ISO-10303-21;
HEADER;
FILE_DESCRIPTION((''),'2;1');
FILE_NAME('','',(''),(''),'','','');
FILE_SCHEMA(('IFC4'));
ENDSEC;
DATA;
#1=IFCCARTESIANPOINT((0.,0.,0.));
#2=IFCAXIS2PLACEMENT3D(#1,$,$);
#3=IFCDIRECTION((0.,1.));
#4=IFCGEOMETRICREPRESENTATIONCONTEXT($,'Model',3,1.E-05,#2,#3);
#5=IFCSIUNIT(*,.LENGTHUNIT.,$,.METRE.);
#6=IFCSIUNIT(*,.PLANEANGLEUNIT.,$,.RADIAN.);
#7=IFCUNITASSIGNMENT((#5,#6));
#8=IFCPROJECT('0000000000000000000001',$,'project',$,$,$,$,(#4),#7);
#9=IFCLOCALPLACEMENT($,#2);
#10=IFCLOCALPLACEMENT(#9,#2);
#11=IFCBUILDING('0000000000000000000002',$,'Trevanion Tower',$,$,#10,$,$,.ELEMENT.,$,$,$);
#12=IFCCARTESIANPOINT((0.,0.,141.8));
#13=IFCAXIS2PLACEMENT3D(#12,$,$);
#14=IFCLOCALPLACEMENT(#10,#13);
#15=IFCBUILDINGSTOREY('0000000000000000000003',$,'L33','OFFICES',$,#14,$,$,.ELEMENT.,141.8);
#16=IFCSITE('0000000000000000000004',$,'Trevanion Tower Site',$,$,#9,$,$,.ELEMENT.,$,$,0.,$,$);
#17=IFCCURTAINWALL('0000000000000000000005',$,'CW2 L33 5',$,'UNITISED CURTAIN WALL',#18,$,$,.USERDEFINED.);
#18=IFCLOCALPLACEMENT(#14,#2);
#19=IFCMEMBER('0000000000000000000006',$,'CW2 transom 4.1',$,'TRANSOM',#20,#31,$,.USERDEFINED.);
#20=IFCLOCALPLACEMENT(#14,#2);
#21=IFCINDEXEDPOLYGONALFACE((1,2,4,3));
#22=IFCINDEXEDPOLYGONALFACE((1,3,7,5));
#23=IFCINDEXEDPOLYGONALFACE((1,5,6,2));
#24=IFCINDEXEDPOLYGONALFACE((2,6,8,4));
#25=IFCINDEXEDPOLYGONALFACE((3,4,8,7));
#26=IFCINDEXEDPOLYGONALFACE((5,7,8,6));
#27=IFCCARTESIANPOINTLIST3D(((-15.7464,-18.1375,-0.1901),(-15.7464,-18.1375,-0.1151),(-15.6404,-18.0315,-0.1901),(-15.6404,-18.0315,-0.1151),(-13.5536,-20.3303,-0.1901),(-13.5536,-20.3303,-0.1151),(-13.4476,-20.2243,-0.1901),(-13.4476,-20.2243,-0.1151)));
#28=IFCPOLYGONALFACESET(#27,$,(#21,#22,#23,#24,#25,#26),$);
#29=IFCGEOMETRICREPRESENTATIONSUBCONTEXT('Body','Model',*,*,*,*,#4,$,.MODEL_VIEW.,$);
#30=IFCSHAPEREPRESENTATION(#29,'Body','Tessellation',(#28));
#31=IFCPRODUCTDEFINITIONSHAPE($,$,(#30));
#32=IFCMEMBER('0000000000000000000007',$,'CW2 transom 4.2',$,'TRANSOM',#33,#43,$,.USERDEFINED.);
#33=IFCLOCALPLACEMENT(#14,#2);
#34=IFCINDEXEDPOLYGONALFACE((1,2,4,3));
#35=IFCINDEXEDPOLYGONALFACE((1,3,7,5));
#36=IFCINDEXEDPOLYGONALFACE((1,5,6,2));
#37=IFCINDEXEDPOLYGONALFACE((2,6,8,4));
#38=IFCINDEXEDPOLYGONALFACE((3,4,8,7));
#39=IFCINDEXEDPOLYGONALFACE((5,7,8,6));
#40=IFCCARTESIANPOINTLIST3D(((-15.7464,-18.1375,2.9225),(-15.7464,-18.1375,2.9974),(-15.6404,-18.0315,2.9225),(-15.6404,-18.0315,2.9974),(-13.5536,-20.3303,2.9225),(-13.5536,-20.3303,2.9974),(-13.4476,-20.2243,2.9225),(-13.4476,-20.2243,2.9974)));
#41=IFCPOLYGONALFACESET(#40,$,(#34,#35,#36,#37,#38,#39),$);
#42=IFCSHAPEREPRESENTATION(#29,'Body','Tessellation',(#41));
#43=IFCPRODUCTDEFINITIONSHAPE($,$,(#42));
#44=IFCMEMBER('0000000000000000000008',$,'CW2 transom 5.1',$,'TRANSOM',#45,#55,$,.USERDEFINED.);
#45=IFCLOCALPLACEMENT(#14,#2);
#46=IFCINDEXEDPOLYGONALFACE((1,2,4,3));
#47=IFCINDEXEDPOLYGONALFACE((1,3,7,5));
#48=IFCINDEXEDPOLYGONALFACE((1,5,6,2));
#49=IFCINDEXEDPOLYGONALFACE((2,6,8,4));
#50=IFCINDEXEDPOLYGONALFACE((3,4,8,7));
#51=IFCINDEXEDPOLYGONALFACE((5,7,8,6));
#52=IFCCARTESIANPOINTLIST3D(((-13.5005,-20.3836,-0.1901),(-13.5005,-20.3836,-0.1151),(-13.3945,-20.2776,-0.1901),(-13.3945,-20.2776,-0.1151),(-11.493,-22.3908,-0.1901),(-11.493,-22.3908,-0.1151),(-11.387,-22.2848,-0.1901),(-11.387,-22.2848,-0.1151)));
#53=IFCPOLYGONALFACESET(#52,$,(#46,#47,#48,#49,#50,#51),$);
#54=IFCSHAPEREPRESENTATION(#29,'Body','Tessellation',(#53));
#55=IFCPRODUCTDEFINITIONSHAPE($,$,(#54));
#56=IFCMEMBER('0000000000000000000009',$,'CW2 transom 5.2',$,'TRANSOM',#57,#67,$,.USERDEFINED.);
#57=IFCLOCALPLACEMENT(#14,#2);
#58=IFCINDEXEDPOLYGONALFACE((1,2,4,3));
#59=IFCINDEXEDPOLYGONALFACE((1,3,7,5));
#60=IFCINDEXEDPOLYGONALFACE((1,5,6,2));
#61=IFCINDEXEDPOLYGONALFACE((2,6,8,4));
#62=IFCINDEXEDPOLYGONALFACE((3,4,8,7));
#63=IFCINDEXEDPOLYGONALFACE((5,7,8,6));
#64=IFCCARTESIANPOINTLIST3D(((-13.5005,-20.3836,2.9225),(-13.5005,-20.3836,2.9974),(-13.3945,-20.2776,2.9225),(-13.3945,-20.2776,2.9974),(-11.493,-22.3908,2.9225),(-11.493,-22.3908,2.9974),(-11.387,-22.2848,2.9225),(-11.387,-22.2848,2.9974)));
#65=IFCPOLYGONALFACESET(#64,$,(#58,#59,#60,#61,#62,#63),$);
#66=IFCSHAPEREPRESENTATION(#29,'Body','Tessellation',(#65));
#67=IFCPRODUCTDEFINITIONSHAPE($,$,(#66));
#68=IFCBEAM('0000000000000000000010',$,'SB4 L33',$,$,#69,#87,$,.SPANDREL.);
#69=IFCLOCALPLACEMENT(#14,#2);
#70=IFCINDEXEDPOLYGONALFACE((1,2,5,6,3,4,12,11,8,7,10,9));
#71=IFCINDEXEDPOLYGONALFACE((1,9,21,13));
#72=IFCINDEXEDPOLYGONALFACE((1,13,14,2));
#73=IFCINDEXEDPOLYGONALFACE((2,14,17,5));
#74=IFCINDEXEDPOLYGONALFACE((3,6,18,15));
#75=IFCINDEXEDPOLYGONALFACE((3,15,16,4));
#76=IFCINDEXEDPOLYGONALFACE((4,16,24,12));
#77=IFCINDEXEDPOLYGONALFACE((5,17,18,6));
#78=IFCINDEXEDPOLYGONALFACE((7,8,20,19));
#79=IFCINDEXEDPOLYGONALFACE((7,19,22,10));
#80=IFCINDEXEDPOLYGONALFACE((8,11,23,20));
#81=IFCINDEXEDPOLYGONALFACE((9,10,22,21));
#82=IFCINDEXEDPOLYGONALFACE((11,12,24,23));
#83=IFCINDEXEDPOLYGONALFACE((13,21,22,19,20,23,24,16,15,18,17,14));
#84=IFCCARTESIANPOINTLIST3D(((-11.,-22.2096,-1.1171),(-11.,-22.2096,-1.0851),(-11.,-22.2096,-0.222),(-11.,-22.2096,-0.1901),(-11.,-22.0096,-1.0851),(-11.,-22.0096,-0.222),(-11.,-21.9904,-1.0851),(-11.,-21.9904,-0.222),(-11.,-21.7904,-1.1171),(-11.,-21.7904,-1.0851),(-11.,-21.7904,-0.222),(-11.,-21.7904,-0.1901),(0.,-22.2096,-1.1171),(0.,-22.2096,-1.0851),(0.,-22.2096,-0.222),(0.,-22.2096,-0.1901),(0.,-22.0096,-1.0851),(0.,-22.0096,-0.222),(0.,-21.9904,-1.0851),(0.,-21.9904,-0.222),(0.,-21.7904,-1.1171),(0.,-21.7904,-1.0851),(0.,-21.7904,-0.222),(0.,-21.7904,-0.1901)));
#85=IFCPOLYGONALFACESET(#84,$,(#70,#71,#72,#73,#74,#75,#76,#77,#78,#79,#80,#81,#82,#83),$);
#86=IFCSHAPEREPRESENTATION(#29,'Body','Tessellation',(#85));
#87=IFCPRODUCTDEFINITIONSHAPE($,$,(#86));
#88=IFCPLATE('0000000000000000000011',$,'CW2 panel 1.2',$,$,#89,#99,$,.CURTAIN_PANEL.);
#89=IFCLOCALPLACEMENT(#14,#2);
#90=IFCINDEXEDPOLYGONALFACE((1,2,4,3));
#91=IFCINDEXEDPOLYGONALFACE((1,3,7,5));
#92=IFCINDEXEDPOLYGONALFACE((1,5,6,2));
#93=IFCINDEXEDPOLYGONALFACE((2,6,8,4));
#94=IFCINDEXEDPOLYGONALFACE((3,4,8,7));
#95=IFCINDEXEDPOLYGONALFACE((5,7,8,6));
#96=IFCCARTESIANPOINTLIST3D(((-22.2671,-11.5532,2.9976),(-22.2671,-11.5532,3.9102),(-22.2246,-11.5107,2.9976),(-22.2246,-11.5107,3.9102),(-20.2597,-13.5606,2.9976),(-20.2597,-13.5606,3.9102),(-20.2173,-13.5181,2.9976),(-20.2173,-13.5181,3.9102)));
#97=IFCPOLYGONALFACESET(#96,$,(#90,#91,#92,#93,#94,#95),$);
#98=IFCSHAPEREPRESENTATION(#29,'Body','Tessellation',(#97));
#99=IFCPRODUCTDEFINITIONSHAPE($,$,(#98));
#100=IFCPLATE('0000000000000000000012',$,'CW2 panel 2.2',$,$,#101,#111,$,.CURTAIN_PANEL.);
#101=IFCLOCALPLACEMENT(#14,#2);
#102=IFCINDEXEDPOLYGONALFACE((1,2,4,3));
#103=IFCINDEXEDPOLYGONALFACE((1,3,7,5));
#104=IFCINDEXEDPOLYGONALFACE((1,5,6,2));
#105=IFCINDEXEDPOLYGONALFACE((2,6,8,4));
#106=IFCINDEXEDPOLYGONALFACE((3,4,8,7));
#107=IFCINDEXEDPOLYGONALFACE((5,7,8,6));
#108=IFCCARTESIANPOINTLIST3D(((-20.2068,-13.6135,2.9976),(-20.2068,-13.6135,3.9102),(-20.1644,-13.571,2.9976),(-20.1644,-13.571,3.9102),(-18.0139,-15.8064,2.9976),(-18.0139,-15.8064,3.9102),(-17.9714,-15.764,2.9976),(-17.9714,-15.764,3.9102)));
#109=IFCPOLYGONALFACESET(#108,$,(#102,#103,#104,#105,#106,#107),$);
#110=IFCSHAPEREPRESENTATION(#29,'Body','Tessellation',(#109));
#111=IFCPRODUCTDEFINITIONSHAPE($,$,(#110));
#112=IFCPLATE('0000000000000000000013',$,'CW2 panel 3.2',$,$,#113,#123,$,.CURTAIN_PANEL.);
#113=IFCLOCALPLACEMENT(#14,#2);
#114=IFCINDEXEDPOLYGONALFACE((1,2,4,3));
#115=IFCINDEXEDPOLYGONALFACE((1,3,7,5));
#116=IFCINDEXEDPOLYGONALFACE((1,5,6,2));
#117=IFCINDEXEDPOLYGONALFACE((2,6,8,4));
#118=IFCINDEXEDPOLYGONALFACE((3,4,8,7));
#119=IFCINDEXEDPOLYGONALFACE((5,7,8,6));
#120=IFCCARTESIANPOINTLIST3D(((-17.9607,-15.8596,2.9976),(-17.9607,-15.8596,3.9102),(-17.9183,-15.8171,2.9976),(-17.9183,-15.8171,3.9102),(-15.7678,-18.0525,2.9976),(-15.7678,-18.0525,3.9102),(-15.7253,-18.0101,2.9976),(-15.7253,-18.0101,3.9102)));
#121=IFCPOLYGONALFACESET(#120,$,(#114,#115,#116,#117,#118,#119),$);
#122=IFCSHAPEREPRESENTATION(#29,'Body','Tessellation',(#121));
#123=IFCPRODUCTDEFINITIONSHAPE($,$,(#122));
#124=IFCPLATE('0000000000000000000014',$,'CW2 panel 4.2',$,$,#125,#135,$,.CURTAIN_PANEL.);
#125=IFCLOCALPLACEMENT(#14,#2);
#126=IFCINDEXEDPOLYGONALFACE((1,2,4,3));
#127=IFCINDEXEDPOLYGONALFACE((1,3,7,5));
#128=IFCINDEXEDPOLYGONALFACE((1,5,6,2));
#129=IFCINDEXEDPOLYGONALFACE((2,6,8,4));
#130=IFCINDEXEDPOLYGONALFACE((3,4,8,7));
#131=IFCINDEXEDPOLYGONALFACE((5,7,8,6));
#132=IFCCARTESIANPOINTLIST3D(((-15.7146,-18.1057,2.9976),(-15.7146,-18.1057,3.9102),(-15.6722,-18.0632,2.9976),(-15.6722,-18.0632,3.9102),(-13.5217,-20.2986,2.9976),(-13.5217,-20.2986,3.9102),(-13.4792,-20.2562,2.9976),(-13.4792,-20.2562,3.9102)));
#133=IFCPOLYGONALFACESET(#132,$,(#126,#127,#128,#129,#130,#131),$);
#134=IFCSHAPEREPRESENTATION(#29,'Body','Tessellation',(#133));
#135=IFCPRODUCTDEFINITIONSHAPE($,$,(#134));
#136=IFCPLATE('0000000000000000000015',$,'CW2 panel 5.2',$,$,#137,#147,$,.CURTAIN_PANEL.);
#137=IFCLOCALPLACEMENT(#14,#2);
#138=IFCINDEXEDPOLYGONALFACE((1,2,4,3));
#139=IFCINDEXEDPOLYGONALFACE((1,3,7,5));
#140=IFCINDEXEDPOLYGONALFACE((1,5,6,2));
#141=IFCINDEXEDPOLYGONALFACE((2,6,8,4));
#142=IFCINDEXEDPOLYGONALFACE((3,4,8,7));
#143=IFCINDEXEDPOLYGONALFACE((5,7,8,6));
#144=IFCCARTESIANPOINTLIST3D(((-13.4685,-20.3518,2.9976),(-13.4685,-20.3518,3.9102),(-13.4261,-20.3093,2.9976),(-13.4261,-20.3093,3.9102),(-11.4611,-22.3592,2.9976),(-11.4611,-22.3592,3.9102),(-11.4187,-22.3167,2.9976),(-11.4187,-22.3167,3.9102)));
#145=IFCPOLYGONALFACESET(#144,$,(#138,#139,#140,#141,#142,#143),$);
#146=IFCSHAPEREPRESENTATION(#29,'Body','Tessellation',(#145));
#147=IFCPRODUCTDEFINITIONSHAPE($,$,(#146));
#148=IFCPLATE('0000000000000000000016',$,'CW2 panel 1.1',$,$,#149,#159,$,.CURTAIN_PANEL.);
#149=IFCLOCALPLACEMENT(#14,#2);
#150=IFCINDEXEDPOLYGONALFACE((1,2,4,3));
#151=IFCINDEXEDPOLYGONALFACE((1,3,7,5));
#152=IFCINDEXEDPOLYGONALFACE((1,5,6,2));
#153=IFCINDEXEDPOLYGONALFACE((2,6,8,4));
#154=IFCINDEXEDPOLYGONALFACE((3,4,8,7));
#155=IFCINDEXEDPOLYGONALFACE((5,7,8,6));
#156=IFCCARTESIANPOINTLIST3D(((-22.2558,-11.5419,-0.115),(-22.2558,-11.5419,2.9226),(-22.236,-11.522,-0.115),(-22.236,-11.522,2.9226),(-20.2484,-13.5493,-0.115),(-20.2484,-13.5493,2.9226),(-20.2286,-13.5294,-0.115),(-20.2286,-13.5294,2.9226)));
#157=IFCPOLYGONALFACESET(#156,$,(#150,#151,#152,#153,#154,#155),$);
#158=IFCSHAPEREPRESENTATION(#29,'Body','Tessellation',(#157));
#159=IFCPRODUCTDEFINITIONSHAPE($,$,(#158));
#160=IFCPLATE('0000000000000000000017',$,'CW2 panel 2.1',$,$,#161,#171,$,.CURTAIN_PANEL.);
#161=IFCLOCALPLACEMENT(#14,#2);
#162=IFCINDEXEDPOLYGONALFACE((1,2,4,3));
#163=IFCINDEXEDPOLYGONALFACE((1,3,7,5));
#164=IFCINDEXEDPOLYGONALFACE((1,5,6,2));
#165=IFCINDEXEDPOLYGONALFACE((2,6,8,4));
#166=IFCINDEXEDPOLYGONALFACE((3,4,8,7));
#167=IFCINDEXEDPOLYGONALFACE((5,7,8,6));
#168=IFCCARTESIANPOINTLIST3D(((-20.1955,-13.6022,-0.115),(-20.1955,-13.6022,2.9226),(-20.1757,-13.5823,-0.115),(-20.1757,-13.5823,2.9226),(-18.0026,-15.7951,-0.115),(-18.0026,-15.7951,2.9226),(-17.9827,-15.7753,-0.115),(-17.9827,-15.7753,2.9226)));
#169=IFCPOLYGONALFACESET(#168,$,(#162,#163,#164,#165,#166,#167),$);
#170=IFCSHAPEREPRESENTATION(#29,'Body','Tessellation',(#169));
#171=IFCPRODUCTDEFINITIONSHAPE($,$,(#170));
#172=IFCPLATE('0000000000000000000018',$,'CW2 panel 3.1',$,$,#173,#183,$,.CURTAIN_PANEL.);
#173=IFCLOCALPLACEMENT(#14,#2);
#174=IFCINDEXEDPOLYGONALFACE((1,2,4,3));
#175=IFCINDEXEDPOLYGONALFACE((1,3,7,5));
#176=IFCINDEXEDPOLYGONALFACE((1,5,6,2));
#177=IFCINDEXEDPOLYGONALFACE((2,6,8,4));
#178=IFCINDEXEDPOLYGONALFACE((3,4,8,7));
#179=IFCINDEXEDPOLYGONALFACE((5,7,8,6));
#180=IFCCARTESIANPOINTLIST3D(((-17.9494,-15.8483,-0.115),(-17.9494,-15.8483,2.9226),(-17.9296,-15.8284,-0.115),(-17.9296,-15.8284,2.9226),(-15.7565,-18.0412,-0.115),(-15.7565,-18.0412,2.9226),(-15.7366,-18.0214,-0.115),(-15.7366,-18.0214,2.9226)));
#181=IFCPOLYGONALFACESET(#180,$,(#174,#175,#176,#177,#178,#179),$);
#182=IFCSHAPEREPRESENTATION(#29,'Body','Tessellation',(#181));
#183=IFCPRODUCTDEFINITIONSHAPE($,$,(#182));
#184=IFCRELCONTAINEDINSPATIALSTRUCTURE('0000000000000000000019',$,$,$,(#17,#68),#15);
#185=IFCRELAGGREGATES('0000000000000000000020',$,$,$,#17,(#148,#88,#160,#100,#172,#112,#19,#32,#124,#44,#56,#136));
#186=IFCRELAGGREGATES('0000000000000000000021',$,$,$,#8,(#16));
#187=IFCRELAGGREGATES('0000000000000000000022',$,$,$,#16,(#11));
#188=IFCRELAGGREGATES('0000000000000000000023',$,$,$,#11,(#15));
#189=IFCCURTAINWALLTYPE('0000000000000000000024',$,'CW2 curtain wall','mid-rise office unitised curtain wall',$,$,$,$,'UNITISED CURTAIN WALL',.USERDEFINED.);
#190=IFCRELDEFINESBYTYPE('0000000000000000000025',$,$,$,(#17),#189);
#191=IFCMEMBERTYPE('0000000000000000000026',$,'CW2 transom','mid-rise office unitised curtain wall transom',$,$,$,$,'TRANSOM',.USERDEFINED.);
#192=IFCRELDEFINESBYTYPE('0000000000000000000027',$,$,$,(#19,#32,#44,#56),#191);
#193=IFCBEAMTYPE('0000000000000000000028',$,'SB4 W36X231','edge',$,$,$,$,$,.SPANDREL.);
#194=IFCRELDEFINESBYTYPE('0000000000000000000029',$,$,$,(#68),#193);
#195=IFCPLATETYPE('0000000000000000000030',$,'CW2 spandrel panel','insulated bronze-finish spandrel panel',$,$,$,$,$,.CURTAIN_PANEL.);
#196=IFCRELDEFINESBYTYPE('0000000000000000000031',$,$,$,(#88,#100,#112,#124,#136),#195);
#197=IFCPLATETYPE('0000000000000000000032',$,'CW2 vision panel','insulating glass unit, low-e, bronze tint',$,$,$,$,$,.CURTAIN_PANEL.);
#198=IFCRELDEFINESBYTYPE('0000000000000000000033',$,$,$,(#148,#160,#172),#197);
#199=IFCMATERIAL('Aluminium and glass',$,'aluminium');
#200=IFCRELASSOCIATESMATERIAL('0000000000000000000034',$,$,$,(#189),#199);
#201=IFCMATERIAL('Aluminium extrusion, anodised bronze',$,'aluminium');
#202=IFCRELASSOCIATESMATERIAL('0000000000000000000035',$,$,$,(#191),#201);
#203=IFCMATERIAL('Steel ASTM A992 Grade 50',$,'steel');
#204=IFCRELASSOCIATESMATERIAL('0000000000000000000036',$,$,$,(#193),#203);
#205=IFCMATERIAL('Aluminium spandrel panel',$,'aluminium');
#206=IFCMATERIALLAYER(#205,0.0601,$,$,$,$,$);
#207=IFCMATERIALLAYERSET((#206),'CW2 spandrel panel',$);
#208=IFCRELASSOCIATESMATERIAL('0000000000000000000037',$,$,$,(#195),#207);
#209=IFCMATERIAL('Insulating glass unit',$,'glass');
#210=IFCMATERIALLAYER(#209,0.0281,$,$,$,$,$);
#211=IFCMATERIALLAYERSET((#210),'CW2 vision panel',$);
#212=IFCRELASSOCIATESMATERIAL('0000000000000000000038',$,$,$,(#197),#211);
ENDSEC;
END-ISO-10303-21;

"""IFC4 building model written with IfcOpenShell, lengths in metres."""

from ifc_helpers import new_model, si_unit, direction, frame, origin, origin_2d, place, context, subcontext, project, spatial, rectangle, i_section, extrude, material, layer, layer_set, material_profile, profile_set, type_object, element, aggregate, save


model = new_model("IFC4")

# Units and contexts
model_context = context("Model", 3, precision=1e-05, world=origin(), true_north=direction((0.0, 1.0)))
body_context = subcontext(model_context, "Body", "Model", "MODEL_VIEW")
ifc_project = project(units=[si_unit("LENGTHUNIT", "METRE"), si_unit("PLANEANGLEUNIT", "RADIAN")], contexts=[model_context])

# Site, building, storey
site_placement = place(None, origin())
site = spatial("IfcSite", under=ifc_project, at=site_placement, Name="Trevanion Tower Site", CompositionType="ELEMENT", RefElevation=0.0)
building_placement = place(site_placement, origin())
building = spatial("IfcBuilding", under=site, at=building_placement, Name="Trevanion Tower", CompositionType="ELEMENT")
storey_placement = place(building_placement, frame((0.0, 0.0, 141.8)))
storey = spatial("IfcBuildingStorey", under=building, at=storey_placement, Name="L33", Description="OFFICES", CompositionType="ELEMENT", Elevation=141.8)

# Curtain wall, members
ifc_material_1 = material(Name="Aluminium and glass", Category="aluminium")
curtain_wall_type = type_object("IfcCurtainWallType", Name="CW2 curtain wall", Description="mid-rise office unitised curtain wall", ElementType="UNITISED CURTAIN WALL", PredefinedType="USERDEFINED", material=ifc_material_1)
curtain_wall_placement = place(storey_placement, origin())
curtain_wall = element("IfcCurtainWall", 1, at=curtain_wall_placement, inside=storey, type_object=curtain_wall_type, Name="CW2 L33 5", ObjectType="UNITISED CURTAIN WALL", PredefinedType="USERDEFINED")
ifc_material_2 = material(Name="Aluminium extrusion, anodised bronze", Category="aluminium")
ifc_material_profile_1 = material_profile(ifc_material_2, rectangle(XDim=0.1499, YDim=0.075, at=origin_2d()), Name="CW2 transom")
ifc_profile_set_1 = profile_set([ifc_material_profile_1], Name="Aluminium extrusion, anodised bronze")
member_type_1 = type_object("IfcMemberType", Name="CW2 transom", Description="mid-rise office unitised curtain wall transom", ElementType="TRANSOM", PredefinedType="USERDEFINED", material=ifc_profile_set_1)
member_1_placement = place(storey_placement, frame((-15.6934, -18.0845, -0.1526), z_axis=(0.707107, -0.707107, 0.0), x_axis=(0.707107, 0.707107, 0.0)))
member_1 = element("IfcMember", 2, at=member_1_placement, type_object=member_type_1, Name="CW2 transom 4.1", ObjectType="TRANSOM", PredefinedType="USERDEFINED", context=body_context, shape_type="SweptSolid", body=[
    extrude(rectangle(XDim=0.1499, YDim=0.075, at=origin_2d()), origin(), (0.0, 0.0, 1.0), 3.1011),
])
member_2_placement = place(storey_placement, frame((-15.6934, -18.0845, 2.96), z_axis=(0.707107, -0.707107, 0.0), x_axis=(0.707107, 0.707107, 0.0)))
member_2 = element("IfcMember", 3, at=member_2_placement, type_object=member_type_1, Name="CW2 transom 4.2", ObjectType="TRANSOM", PredefinedType="USERDEFINED", context=body_context, shape_type="SweptSolid", body=[
    extrude(rectangle(XDim=0.1499, YDim=0.075, at=origin_2d()), origin(), (0.0, 0.0, 1.0), 3.1011),
])
member_3_placement = place(storey_placement, frame((-13.4475, -20.3306, -0.1526), z_axis=(0.70715, -0.707064, 0.0), x_axis=(0.707064, 0.70715, 0.0)))
member_3 = element("IfcMember", 4, at=member_3_placement, type_object=member_type_1, Name="CW2 transom 5.1", ObjectType="TRANSOM", PredefinedType="USERDEFINED", context=body_context, shape_type="SweptSolid", body=[
    extrude(rectangle(XDim=0.1499, YDim=0.075, at=origin_2d()), origin(), (0.0, 0.0, 1.0), 2.8389),
])
member_4_placement = place(storey_placement, frame((-13.4475, -20.3306, 2.96), z_axis=(0.70715, -0.707064, 0.0), x_axis=(0.707064, 0.70715, 0.0)))
member_4 = element("IfcMember", 5, at=member_4_placement, type_object=member_type_1, Name="CW2 transom 5.2", ObjectType="TRANSOM", PredefinedType="USERDEFINED", context=body_context, shape_type="SweptSolid", body=[
    extrude(rectangle(XDim=0.1499, YDim=0.075, at=origin_2d()), origin(), (0.0, 0.0, 1.0), 2.8389),
])

# Beam
ifc_material_3 = material(Name="Steel ASTM A992 Grade 50", Category="steel")
ifc_material_profile_2 = material_profile(ifc_material_3, i_section(OverallWidth=0.4192, OverallDepth=0.927, WebThickness=0.0193, FlangeThickness=0.032, at=origin_2d()), Name="W36X231")
ifc_profile_set_2 = profile_set([ifc_material_profile_2], Name="Steel ASTM A992 Grade 50")
beam_type_1 = type_object("IfcBeamType", Name="SB4 W36X231", Description="edge", PredefinedType="SPANDREL", material=ifc_profile_set_2)
beam_1_placement = place(storey_placement, frame((-11.0, -22.0, -0.6536), z_axis=(1.0, 0.0, 0.0), x_axis=(0.0, 1.0, 0.0)))
element("IfcBeam", 6, at=beam_1_placement, inside=storey, type_object=beam_type_1, Name="SB4 L33", PredefinedType="SPANDREL", context=body_context, shape_type="SweptSolid", body=[
    extrude(i_section(OverallWidth=0.4192, OverallDepth=0.927, WebThickness=0.0193, FlangeThickness=0.032, at=origin_2d()), origin(), (0.0, 0.0, 1.0), 11.0),
])

# Plates
ifc_material_4 = material(Name="Aluminium spandrel panel", Category="aluminium")
ifc_layer_1 = layer(ifc_material_4, 0.0601)
ifc_layer_set_1 = layer_set([ifc_layer_1], Name="CW2 spandrel panel")
plate_type_1 = type_object("IfcPlateType", Name="CW2 spandrel panel", Description="insulated bronze-finish spandrel panel", PredefinedType="CURTAIN_PANEL", material=ifc_layer_set_1)
plate_1_placement = place(storey_placement, frame((-21.2422, -12.5356, 2.9976), z_axis=(0.0, 0.0, 1.0), x_axis=(0.707107, -0.707107, 0.0)))
plate_1 = element("IfcPlate", 7, at=plate_1_placement, type_object=plate_type_1, Name="CW2 panel 1.2", PredefinedType="CURTAIN_PANEL", context=body_context, shape_type="SweptSolid", body=[
    extrude(rectangle(XDim=2.8389, YDim=0.0601, at=origin_2d()), origin(), (0.0, 0.0, 1.0), 0.9126),
])
plate_2_placement = place(storey_placement, frame((-19.0891, -14.6887, 2.9976), z_axis=(0.0, 0.0, 1.0), x_axis=(0.707107, -0.707107, 0.0)))
plate_2 = element("IfcPlate", 8, at=plate_2_placement, type_object=plate_type_1, Name="CW2 panel 2.2", PredefinedType="CURTAIN_PANEL", context=body_context, shape_type="SweptSolid", body=[
    extrude(rectangle(XDim=3.1013, YDim=0.0601, at=origin_2d()), origin(), (0.0, 0.0, 1.0), 0.9126),
])
plate_3_placement = place(storey_placement, frame((-16.843, -16.9348, 2.9976), z_axis=(0.0, 0.0, 1.0), x_axis=(0.707107, -0.707107, 0.0)))
plate_3 = element("IfcPlate", 9, at=plate_3_placement, type_object=plate_type_1, Name="CW2 panel 3.2", PredefinedType="CURTAIN_PANEL", context=body_context, shape_type="SweptSolid", body=[
    extrude(rectangle(XDim=3.1013, YDim=0.0601, at=origin_2d()), origin(), (0.0, 0.0, 1.0), 0.9126),
])
plate_4_placement = place(storey_placement, frame((-14.5969, -19.1809, 2.9976), z_axis=(0.0, 0.0, 1.0), x_axis=(0.707107, -0.707107, 0.0)))
plate_4 = element("IfcPlate", 10, at=plate_4_placement, type_object=plate_type_1, Name="CW2 panel 4.2", PredefinedType="CURTAIN_PANEL", context=body_context, shape_type="SweptSolid", body=[
    extrude(rectangle(XDim=3.1013, YDim=0.0601, at=origin_2d()), origin(), (0.0, 0.0, 1.0), 0.9126),
])
plate_5_placement = place(storey_placement, frame((-12.4436, -21.3342, 2.9976), z_axis=(0.0, 0.0, 1.0), x_axis=(0.707107, -0.707107, 0.0)))
plate_5 = element("IfcPlate", 11, at=plate_5_placement, type_object=plate_type_1, Name="CW2 panel 5.2", PredefinedType="CURTAIN_PANEL", context=body_context, shape_type="SweptSolid", body=[
    extrude(rectangle(XDim=2.8389, YDim=0.0601, at=origin_2d()), origin(), (0.0, 0.0, 1.0), 0.9126),
])
ifc_material_5 = material(Name="Insulating glass unit", Category="glass")
ifc_layer_2 = layer(ifc_material_5, 0.0281)
ifc_layer_set_2 = layer_set([ifc_layer_2], Name="CW2 vision panel")
plate_type_2 = type_object("IfcPlateType", Name="CW2 vision panel", Description="insulating glass unit, low-e, bronze tint", PredefinedType="CURTAIN_PANEL", material=ifc_layer_set_2)
plate_6_placement = place(storey_placement, frame((-21.2422, -12.5356, -0.115), z_axis=(0.0, 0.0, 1.0), x_axis=(0.707107, -0.707107, 0.0)))
plate_6 = element("IfcPlate", 12, at=plate_6_placement, type_object=plate_type_2, Name="CW2 panel 1.1", PredefinedType="CURTAIN_PANEL", context=body_context, shape_type="SweptSolid", body=[
    extrude(rectangle(XDim=2.8389, YDim=0.0281, at=origin_2d()), origin(), (0.0, 0.0, 1.0), 3.0376),
])
plate_7_placement = place(storey_placement, frame((-19.0891, -14.6887, -0.115), z_axis=(0.0, 0.0, 1.0), x_axis=(0.707107, -0.707107, 0.0)))
plate_7 = element("IfcPlate", 13, at=plate_7_placement, type_object=plate_type_2, Name="CW2 panel 2.1", PredefinedType="CURTAIN_PANEL", context=body_context, shape_type="SweptSolid", body=[
    extrude(rectangle(XDim=3.1013, YDim=0.0281, at=origin_2d()), origin(), (0.0, 0.0, 1.0), 3.0376),
])
plate_8_placement = place(storey_placement, frame((-16.843, -16.9348, -0.115), z_axis=(0.0, 0.0, 1.0), x_axis=(0.707107, -0.707107, 0.0)))
plate_8 = element("IfcPlate", 14, at=plate_8_placement, type_object=plate_type_2, Name="CW2 panel 3.1", PredefinedType="CURTAIN_PANEL", context=body_context, shape_type="SweptSolid", body=[
    extrude(rectangle(XDim=3.1013, YDim=0.0281, at=origin_2d()), origin(), (0.0, 0.0, 1.0), 3.0376),
])
aggregate(curtain_wall, [plate_6, plate_1, plate_7, plate_2, plate_8, plate_3, member_1, member_2, plate_4, member_3, member_4, plate_5])

save(model, "model.ifc")
